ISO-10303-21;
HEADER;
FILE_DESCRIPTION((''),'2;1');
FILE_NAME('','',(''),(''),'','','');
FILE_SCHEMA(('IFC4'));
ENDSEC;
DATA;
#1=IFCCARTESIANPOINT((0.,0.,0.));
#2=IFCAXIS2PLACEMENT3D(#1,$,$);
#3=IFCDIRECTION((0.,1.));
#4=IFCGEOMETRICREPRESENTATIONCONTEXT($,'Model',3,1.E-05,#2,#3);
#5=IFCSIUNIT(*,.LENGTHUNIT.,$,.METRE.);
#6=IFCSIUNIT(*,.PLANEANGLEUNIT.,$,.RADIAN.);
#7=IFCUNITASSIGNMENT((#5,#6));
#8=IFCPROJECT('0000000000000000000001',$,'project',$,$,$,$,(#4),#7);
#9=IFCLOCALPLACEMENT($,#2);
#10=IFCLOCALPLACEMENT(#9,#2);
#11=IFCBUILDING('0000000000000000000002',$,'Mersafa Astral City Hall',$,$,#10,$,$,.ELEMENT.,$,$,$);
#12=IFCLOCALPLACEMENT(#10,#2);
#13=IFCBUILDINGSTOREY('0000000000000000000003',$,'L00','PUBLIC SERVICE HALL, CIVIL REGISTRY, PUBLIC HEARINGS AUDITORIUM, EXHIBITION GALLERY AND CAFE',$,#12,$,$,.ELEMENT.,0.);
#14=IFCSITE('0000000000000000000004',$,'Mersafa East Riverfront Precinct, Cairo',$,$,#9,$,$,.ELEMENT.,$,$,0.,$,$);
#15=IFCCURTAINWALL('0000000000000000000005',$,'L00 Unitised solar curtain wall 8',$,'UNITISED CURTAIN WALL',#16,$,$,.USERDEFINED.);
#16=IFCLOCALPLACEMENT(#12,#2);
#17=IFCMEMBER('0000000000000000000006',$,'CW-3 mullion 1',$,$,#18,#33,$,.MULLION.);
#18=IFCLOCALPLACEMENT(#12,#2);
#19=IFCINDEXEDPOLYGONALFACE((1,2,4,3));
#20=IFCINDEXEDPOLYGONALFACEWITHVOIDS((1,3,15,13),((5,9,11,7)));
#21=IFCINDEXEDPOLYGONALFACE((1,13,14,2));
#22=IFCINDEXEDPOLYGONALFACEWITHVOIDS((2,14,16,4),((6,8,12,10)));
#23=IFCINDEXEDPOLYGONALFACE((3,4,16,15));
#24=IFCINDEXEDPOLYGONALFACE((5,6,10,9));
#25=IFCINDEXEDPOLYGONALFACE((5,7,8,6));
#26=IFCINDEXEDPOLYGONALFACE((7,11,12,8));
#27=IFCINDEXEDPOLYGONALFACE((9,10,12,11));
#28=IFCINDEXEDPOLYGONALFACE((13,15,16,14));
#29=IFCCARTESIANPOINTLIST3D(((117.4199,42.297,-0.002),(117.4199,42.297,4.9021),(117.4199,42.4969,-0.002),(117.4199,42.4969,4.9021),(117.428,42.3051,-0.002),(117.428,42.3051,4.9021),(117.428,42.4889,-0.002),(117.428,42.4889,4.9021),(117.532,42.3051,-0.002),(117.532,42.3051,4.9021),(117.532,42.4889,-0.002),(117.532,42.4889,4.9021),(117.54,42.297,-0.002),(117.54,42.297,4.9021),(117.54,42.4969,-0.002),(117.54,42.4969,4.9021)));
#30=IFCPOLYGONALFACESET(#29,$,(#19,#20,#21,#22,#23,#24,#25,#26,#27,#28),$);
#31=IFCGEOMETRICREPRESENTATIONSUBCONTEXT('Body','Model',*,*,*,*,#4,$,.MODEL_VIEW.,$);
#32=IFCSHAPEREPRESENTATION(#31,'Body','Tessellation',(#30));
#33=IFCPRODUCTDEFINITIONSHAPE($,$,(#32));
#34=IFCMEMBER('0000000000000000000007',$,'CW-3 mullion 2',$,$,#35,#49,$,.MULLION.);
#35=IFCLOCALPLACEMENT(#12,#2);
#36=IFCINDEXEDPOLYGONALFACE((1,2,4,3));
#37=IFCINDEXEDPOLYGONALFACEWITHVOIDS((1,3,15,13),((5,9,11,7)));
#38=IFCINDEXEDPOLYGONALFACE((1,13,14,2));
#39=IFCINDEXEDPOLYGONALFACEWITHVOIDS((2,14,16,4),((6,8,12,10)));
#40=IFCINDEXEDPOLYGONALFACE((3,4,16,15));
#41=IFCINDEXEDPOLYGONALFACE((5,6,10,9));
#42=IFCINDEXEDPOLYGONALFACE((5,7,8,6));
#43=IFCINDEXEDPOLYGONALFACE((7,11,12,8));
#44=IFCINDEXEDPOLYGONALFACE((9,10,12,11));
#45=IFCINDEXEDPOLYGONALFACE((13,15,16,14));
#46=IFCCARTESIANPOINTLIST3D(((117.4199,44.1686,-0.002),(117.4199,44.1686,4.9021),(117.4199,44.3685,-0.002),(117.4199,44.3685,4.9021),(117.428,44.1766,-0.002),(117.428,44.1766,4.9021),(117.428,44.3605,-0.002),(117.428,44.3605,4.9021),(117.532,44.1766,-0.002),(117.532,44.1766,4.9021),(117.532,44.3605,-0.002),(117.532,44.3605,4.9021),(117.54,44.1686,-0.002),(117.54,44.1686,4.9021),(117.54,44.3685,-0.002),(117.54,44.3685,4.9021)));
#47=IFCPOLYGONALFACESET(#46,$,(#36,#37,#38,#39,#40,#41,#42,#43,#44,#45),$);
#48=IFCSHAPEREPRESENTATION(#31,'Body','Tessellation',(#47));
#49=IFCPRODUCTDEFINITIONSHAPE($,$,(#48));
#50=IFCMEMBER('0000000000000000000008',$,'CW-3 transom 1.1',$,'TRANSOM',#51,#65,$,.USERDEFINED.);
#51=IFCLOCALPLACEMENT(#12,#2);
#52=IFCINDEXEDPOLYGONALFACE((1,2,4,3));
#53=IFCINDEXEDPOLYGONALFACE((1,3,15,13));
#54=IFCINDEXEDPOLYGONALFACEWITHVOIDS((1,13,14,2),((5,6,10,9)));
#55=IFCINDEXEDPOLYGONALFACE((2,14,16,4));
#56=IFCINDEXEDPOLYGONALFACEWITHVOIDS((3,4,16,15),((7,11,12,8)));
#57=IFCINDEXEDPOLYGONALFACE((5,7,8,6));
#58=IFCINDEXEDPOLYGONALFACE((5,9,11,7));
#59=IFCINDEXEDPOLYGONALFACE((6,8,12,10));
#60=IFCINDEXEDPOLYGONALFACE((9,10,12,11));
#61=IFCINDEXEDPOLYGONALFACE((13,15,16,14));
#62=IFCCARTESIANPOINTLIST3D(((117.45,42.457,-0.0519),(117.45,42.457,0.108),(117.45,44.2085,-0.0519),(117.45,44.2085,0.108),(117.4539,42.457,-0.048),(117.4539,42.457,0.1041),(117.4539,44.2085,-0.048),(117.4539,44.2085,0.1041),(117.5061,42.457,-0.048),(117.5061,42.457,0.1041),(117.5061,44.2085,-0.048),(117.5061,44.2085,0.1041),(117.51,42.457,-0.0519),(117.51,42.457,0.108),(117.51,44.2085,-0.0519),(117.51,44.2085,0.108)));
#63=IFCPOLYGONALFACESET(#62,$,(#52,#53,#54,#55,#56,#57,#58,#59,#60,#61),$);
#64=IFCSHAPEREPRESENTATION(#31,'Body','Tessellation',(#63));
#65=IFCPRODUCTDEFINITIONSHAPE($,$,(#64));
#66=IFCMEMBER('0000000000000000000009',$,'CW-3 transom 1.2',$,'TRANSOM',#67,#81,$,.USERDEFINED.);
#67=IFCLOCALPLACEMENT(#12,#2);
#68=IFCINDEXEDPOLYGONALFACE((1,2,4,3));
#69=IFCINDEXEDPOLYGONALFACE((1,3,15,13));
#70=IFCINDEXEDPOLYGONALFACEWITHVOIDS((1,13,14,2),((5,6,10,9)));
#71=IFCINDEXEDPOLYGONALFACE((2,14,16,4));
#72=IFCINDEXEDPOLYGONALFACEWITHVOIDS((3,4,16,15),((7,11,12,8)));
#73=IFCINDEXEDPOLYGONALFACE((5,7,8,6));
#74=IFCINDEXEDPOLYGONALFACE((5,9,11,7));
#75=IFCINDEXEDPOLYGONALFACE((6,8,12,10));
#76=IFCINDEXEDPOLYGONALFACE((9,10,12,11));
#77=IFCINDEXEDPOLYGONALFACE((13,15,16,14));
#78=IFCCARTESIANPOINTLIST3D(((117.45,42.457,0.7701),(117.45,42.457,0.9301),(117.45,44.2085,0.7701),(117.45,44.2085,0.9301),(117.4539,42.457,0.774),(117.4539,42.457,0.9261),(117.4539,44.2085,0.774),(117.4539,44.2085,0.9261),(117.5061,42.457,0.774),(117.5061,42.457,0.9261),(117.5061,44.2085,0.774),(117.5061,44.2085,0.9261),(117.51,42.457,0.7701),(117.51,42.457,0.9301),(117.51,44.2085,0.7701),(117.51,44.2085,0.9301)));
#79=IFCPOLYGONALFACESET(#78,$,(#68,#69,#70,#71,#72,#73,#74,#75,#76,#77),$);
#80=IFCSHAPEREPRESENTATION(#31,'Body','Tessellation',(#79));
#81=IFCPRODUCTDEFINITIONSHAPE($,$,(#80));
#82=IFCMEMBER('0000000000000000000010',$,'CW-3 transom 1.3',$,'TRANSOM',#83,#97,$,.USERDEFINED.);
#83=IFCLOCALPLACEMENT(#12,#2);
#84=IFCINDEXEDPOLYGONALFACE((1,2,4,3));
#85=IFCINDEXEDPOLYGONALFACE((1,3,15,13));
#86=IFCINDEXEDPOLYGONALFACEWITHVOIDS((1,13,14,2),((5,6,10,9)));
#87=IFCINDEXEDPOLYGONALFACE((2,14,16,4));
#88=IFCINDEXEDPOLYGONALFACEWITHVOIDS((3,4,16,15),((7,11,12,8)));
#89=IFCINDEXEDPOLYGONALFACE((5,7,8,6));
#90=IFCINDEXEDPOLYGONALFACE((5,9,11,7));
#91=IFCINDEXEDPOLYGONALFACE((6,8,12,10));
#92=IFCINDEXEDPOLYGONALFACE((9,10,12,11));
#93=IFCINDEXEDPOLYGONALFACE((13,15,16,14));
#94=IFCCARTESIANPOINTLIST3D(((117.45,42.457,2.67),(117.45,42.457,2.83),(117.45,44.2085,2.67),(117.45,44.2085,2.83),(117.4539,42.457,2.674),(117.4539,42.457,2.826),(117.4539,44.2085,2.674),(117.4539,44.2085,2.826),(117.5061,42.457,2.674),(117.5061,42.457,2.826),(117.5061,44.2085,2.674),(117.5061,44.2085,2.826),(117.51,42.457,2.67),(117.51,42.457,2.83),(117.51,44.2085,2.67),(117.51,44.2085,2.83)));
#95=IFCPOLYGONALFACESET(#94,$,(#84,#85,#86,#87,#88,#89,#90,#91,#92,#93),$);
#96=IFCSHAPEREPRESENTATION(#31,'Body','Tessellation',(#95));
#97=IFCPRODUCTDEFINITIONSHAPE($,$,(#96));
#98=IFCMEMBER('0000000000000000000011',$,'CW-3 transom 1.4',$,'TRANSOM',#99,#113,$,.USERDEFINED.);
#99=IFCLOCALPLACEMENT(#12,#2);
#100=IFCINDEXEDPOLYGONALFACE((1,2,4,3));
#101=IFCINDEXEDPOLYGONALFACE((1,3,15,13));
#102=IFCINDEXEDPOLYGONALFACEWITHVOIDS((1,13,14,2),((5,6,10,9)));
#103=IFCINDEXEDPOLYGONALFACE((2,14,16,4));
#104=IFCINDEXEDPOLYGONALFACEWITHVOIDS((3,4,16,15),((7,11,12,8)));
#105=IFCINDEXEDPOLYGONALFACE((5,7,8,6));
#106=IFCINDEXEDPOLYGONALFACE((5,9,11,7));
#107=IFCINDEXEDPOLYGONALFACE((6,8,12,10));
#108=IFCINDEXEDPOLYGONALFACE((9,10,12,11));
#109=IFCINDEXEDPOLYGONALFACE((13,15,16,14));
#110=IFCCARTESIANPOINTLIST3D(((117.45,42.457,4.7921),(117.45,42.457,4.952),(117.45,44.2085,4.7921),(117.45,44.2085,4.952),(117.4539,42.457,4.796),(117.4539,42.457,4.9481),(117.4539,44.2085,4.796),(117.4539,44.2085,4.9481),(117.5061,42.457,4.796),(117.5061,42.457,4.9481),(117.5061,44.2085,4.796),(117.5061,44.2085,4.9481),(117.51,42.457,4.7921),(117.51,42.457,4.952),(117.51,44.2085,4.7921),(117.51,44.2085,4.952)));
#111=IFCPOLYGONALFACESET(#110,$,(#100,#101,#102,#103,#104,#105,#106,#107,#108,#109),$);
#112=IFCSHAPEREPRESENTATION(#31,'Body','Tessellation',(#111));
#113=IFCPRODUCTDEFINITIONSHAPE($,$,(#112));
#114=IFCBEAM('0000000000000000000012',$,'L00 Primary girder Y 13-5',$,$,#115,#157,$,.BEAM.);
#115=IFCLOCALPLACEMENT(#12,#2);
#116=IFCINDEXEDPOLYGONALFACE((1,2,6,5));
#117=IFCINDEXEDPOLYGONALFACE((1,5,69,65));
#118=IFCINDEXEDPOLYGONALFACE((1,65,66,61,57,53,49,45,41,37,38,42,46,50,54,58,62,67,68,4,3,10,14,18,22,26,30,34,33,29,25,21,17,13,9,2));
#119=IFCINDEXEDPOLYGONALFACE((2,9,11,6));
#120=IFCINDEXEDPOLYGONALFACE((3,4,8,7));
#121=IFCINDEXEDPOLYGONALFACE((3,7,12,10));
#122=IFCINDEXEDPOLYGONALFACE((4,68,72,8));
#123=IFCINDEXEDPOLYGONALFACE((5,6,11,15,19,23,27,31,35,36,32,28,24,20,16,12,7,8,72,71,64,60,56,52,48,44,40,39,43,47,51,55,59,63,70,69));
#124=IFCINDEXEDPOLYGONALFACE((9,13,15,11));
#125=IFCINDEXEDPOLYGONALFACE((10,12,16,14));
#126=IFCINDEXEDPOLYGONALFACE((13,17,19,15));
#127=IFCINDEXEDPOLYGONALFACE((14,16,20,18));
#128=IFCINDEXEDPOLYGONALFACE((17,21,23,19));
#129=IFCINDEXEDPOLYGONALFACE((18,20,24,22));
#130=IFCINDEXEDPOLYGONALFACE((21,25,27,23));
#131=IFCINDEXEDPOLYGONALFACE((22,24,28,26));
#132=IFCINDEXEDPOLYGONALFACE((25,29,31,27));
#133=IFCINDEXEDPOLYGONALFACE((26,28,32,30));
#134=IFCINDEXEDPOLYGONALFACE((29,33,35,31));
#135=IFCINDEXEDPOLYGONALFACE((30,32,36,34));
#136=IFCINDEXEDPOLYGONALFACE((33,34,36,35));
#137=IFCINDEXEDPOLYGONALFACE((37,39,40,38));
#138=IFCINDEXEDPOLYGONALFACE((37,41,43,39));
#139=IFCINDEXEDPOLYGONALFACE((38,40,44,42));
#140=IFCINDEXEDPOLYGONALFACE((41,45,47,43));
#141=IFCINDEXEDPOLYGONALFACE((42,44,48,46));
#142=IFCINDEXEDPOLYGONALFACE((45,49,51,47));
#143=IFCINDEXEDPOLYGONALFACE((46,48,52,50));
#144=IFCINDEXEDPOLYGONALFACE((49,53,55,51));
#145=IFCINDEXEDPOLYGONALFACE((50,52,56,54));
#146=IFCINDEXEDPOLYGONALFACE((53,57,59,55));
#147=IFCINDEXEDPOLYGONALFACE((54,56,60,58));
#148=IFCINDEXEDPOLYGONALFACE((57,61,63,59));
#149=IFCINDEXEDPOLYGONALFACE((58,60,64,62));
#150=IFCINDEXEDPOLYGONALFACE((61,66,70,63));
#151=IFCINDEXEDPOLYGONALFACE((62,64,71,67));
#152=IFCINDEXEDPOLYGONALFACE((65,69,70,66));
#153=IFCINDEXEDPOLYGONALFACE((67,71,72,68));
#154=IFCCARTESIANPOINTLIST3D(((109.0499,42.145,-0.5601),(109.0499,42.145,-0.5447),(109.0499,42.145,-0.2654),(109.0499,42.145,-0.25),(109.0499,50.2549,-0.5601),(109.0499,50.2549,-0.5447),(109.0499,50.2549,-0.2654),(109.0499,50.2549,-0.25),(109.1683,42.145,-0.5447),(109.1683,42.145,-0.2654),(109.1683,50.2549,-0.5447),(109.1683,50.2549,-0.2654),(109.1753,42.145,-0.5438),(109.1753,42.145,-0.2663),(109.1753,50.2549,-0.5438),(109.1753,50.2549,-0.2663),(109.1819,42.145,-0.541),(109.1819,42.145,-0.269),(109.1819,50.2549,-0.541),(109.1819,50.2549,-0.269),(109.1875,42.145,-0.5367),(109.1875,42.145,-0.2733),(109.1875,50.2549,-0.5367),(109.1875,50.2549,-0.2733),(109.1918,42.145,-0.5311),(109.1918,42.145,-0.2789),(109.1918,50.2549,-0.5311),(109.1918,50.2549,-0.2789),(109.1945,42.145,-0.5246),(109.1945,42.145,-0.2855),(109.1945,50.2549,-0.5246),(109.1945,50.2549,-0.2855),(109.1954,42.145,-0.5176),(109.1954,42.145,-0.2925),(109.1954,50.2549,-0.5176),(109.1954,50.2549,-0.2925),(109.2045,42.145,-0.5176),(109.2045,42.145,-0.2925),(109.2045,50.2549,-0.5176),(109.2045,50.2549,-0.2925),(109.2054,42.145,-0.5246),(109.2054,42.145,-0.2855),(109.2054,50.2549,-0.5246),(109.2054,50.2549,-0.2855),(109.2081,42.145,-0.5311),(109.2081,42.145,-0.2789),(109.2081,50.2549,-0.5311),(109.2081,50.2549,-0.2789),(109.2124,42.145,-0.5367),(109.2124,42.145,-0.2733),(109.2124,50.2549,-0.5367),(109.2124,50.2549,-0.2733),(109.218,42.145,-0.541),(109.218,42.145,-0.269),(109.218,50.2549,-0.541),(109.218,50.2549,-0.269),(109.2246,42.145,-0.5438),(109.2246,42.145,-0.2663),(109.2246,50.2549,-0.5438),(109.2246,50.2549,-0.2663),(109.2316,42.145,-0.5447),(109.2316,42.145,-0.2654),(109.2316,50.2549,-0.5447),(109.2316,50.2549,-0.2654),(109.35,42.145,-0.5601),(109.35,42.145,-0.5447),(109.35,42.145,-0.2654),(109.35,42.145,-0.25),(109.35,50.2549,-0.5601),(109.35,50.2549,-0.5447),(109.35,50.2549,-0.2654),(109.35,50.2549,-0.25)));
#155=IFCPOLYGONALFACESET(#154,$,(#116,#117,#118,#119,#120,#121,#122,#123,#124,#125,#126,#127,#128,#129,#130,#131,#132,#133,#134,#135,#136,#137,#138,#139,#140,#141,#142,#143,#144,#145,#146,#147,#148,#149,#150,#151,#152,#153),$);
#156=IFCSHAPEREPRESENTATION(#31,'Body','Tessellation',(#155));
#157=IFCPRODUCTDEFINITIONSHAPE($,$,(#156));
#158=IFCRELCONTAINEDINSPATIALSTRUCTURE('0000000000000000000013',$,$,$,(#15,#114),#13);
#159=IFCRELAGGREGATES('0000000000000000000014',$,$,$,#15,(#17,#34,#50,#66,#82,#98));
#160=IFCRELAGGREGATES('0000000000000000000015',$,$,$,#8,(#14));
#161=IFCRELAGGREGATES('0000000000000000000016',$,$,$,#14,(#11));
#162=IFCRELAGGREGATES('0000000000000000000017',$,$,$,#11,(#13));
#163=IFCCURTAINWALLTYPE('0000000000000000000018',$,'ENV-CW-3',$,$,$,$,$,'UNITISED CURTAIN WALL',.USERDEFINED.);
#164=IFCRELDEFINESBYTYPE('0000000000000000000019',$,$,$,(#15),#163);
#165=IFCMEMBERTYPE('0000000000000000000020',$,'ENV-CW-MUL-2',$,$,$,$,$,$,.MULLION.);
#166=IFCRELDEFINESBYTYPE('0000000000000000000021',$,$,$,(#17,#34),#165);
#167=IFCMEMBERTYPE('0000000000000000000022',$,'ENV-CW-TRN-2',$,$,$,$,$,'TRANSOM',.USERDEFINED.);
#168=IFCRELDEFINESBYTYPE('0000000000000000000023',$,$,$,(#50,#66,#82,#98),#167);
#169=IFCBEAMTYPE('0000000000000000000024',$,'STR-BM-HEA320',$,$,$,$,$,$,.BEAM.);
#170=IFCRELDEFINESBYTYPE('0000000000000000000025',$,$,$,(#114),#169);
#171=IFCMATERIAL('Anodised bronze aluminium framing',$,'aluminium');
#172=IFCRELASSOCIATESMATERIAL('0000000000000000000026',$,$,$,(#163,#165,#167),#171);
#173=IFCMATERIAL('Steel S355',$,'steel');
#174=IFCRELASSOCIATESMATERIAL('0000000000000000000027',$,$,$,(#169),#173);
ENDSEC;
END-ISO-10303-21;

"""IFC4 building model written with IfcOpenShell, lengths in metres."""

from ifc_helpers import new_model, si_unit, direction, frame, origin, origin_2d, place, context, subcontext, project, spatial, hollow_rectangle, i_section, extrude, material, material_profile, profile_set, type_object, element, aggregate, save


model = new_model("IFC4")

# Units and contexts
model_context = context("Model", 3, precision=1e-05, world=origin(), true_north=direction((0.0, 1.0)))
body_context = subcontext(model_context, "Body", "Model", "MODEL_VIEW")
ifc_project = project(units=[si_unit("LENGTHUNIT", "METRE"), si_unit("PLANEANGLEUNIT", "RADIAN")], contexts=[model_context])

# Site, building, storey
site_placement = place(None, origin())
site = spatial("IfcSite", under=ifc_project, at=site_placement, Name="Mersafa East Riverfront Precinct, Cairo", CompositionType="ELEMENT", RefElevation=0.0)
building_placement = place(site_placement, origin())
building = spatial("IfcBuilding", under=site, at=building_placement, Name="Mersafa Astral City Hall", CompositionType="ELEMENT")
storey_placement = place(building_placement, origin())
storey = spatial("IfcBuildingStorey", under=building, at=storey_placement, Name="L00", Description="PUBLIC SERVICE HALL, CIVIL REGISTRY, PUBLIC HEARINGS AUDITORIUM, EXHIBITION GALLERY AND CAFE", CompositionType="ELEMENT", Elevation=0.0)

# Curtain wall, members
ifc_material_1 = material(Name="Anodised bronze aluminium framing", Category="aluminium")
curtain_wall_type = type_object("IfcCurtainWallType", Name="ENV-CW-3", ElementType="UNITISED CURTAIN WALL", PredefinedType="USERDEFINED", material=ifc_material_1)
curtain_wall_placement = place(storey_placement, origin())
curtain_wall = element("IfcCurtainWall", 1, at=curtain_wall_placement, inside=storey, type_object=curtain_wall_type, Name="L00 Unitised solar curtain wall 8", ObjectType="UNITISED CURTAIN WALL", PredefinedType="USERDEFINED")
ifc_material_profile_1 = material_profile(ifc_material_1, hollow_rectangle(XDim=0.1201, YDim=0.2, WallThickness=0.0081, at=origin_2d()), Name="RHS 120x200x8")
ifc_profile_set_1 = profile_set([ifc_material_profile_1], Name="Anodised bronze aluminium framing")
member_type_1 = type_object("IfcMemberType", Name="ENV-CW-MUL-2", PredefinedType="MULLION", material=ifc_profile_set_1)
member_1_placement = place(storey_placement, frame((117.48, 42.397, -0.002), z_axis=(0.0, 0.0, 1.0), x_axis=(-1.0, 0.0, 0.0)))
member_1 = element("IfcMember", 2, at=member_1_placement, type_object=member_type_1, Name="CW-3 mullion 1", PredefinedType="MULLION", context=body_context, shape_type="SweptSolid", body=[
    extrude(hollow_rectangle(XDim=0.1201, YDim=0.2, WallThickness=0.0081, at=origin_2d()), origin(), (0.0, 0.0, 1.0), 4.9041),
])
member_2_placement = place(storey_placement, frame((117.48, 44.2686, -0.002), z_axis=(0.0, 0.0, 1.0), x_axis=(-1.0, 0.0, 0.0)))
member_2 = element("IfcMember", 3, at=member_2_placement, type_object=member_type_1, Name="CW-3 mullion 2", PredefinedType="MULLION", context=body_context, shape_type="SweptSolid", body=[
    extrude(hollow_rectangle(XDim=0.1201, YDim=0.2, WallThickness=0.0081, at=origin_2d()), origin(), (0.0, 0.0, 1.0), 4.9041),
])
ifc_material_profile_2 = material_profile(ifc_material_1, hollow_rectangle(XDim=0.0601, YDim=0.1599, WallThickness=0.0039, at=origin_2d()), Name="RHS 60x160x4")
ifc_profile_set_2 = profile_set([ifc_material_profile_2], Name="Anodised bronze aluminium framing")
member_type_2 = type_object("IfcMemberType", Name="ENV-CW-TRN-2", ElementType="TRANSOM", PredefinedType="USERDEFINED", material=ifc_profile_set_2)
member_3_placement = place(storey_placement, frame((117.48, 42.457, 0.0281), z_axis=(0.0, 1.0, 0.0), x_axis=(-1.0, 0.0, 0.0)))
member_3 = element("IfcMember", 4, at=member_3_placement, type_object=member_type_2, Name="CW-3 transom 1.1", ObjectType="TRANSOM", PredefinedType="USERDEFINED", context=body_context, shape_type="SweptSolid", body=[
    extrude(hollow_rectangle(XDim=0.0601, YDim=0.1599, WallThickness=0.0039, at=origin_2d()), origin(), (0.0, 0.0, 1.0), 1.7515),
])
member_4_placement = place(storey_placement, frame((117.48, 42.457, 0.8501), z_axis=(0.0, 1.0, 0.0), x_axis=(-1.0, 0.0, 0.0)))
member_4 = element("IfcMember", 5, at=member_4_placement, type_object=member_type_2, Name="CW-3 transom 1.2", ObjectType="TRANSOM", PredefinedType="USERDEFINED", context=body_context, shape_type="SweptSolid", body=[
    extrude(hollow_rectangle(XDim=0.0601, YDim=0.1599, WallThickness=0.0039, at=origin_2d()), origin(), (0.0, 0.0, 1.0), 1.7515),
])
member_5_placement = place(storey_placement, frame((117.48, 42.457, 2.75), z_axis=(0.0, 1.0, 0.0), x_axis=(-1.0, 0.0, 0.0)))
member_5 = element("IfcMember", 6, at=member_5_placement, type_object=member_type_2, Name="CW-3 transom 1.3", ObjectType="TRANSOM", PredefinedType="USERDEFINED", context=body_context, shape_type="SweptSolid", body=[
    extrude(hollow_rectangle(XDim=0.0601, YDim=0.1599, WallThickness=0.0039, at=origin_2d()), origin(), (0.0, 0.0, 1.0), 1.7515),
])
member_6_placement = place(storey_placement, frame((117.48, 42.457, 4.8721), z_axis=(0.0, 1.0, 0.0), x_axis=(-1.0, 0.0, 0.0)))
member_6 = element("IfcMember", 7, at=member_6_placement, type_object=member_type_2, Name="CW-3 transom 1.4", ObjectType="TRANSOM", PredefinedType="USERDEFINED", context=body_context, shape_type="SweptSolid", body=[
    extrude(hollow_rectangle(XDim=0.0601, YDim=0.1599, WallThickness=0.0039, at=origin_2d()), origin(), (0.0, 0.0, 1.0), 1.7515),
])

# Beam
ifc_material_2 = material(Name="Steel S355", Category="steel")
ifc_material_profile_3 = material_profile(ifc_material_2, i_section(OverallWidth=0.3, OverallDepth=0.3101, WebThickness=0.009, FlangeThickness=0.0154, FilletRadius=0.0271, at=origin_2d()), Name="HEA 320")
ifc_profile_set_3 = profile_set([ifc_material_profile_3], Name="Steel S355")
beam_type_1 = type_object("IfcBeamType", Name="STR-BM-HEA320", PredefinedType="BEAM", material=ifc_profile_set_3)
beam_1_placement = place(storey_placement, frame((109.2, 42.145, -0.405), z_axis=(0.0, 1.0, 0.0), x_axis=(-1.0, 0.0, 0.0)))
element("IfcBeam", 8, at=beam_1_placement, inside=storey, type_object=beam_type_1, Name="L00 Primary girder Y 13-5", PredefinedType="BEAM", context=body_context, shape_type="SweptSolid", body=[
    extrude(i_section(OverallWidth=0.3, OverallDepth=0.3101, WebThickness=0.009, FlangeThickness=0.0154, FilletRadius=0.0271, at=origin_2d()), origin(), (0.0, 0.0, 1.0), 8.1099),
])

aggregate(curtain_wall, [member_1, member_2, member_3, member_4, member_5, member_6])

save(model, "model.ifc")
